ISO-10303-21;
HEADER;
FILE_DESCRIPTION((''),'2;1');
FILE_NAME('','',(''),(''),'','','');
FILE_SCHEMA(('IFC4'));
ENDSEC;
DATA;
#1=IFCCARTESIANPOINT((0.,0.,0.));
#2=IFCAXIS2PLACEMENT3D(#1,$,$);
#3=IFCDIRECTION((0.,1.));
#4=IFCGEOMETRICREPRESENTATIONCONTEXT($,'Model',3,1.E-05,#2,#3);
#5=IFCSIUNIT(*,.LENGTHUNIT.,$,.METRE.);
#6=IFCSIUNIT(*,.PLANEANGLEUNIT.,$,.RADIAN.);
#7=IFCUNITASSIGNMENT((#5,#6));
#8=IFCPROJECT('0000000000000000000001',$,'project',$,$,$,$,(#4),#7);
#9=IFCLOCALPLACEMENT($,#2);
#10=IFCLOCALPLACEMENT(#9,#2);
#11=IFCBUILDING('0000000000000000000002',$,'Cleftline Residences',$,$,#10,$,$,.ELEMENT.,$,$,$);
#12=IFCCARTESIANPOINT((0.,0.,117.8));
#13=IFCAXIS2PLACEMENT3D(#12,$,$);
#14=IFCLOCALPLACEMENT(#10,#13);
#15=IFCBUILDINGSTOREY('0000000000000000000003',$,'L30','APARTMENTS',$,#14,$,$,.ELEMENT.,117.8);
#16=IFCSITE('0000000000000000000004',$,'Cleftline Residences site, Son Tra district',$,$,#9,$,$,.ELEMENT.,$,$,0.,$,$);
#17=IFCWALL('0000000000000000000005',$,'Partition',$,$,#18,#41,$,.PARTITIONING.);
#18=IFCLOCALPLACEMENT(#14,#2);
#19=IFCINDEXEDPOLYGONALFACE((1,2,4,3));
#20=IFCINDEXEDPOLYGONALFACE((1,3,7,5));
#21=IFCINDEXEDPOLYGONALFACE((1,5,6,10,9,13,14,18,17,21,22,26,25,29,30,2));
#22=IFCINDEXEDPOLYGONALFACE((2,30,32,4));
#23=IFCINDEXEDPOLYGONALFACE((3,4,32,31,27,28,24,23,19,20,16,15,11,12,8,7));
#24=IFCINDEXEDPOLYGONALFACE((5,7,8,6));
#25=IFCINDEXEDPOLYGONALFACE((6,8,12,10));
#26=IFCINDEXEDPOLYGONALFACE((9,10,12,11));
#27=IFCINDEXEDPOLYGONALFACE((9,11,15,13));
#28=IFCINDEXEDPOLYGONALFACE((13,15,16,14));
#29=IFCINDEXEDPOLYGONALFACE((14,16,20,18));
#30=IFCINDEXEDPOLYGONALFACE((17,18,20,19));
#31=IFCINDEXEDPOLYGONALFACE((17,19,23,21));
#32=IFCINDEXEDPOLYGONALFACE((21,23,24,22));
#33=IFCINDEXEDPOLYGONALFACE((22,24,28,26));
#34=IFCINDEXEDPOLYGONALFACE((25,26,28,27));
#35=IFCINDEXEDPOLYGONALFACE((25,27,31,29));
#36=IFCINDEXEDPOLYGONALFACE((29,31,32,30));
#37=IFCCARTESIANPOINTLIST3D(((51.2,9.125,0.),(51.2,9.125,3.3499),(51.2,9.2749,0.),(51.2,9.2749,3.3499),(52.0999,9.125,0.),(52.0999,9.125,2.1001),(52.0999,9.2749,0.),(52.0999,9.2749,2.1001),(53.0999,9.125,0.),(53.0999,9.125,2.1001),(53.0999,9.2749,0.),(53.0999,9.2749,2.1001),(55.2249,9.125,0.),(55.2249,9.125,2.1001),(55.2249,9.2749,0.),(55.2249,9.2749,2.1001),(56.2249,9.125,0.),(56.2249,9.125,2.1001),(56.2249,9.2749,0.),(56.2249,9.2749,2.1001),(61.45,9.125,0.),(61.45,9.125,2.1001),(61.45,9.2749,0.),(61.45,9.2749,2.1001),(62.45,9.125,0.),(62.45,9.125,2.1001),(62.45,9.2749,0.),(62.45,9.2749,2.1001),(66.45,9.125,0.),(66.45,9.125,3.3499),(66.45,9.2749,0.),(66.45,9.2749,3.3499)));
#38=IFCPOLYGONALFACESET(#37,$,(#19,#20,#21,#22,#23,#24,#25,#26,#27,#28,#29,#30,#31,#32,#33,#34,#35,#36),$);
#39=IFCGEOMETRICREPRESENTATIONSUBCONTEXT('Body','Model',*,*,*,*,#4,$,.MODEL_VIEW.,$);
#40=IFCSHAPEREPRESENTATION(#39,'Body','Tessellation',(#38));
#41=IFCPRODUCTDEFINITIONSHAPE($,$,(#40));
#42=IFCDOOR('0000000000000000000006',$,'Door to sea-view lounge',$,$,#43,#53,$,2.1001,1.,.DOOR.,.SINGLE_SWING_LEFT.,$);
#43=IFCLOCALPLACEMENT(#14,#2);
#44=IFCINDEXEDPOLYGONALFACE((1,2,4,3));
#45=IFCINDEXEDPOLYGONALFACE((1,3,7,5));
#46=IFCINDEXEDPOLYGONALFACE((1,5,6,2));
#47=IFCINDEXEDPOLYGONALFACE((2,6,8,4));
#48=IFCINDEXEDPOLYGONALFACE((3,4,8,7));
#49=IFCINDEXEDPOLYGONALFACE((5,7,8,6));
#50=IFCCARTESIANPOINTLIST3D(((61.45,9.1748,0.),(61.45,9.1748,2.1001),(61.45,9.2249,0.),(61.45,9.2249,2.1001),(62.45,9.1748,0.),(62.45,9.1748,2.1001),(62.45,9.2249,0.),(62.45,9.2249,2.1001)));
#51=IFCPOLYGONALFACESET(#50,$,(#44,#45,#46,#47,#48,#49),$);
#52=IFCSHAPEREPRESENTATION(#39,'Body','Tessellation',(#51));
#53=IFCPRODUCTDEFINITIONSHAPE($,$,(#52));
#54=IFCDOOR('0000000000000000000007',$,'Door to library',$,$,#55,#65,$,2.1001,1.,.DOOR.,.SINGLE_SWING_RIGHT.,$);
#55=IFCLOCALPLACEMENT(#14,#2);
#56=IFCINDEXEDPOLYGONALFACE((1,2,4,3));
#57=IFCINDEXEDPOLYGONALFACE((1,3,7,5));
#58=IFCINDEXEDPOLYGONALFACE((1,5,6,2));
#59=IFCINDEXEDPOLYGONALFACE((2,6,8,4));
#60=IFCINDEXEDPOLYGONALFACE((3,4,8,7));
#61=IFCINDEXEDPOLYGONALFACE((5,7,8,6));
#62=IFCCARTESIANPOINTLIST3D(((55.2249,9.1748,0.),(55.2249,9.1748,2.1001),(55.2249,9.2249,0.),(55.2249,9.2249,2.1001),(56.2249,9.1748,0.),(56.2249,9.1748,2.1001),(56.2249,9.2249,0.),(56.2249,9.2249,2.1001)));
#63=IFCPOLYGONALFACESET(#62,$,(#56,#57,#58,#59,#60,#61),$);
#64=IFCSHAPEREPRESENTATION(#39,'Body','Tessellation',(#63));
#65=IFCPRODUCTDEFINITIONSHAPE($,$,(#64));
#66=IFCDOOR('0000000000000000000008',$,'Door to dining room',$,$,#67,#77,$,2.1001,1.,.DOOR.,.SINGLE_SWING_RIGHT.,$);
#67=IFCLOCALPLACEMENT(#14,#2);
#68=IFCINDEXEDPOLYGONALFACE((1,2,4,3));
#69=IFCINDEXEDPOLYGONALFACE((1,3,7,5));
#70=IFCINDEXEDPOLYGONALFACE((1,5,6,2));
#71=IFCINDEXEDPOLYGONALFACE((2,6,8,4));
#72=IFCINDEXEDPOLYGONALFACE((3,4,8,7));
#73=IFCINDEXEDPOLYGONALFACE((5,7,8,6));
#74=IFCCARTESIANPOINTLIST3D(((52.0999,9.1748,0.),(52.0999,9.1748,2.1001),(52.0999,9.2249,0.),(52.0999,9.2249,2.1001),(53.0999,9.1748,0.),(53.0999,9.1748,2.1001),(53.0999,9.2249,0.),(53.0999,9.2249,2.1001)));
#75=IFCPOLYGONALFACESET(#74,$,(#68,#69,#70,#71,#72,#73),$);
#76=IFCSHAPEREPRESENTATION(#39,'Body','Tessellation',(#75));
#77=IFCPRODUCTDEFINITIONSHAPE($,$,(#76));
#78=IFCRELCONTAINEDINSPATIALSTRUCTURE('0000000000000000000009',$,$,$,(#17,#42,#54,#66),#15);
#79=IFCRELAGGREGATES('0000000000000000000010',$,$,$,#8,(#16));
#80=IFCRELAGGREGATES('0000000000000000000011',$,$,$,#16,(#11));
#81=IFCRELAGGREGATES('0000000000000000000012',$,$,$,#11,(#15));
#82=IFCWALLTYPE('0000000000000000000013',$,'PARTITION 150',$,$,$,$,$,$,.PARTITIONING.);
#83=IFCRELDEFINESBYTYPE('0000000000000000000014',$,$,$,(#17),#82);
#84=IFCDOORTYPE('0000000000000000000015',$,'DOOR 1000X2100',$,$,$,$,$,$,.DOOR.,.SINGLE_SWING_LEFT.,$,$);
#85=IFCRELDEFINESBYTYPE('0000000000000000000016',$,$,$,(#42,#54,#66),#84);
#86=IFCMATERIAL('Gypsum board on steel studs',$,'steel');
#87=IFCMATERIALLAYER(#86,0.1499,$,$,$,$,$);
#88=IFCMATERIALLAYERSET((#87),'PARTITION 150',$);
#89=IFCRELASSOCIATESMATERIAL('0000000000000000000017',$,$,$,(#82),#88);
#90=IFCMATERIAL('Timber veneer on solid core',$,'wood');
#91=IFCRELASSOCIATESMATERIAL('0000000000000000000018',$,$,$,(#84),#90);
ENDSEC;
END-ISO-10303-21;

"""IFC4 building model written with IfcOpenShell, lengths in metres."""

from ifc_helpers import new_model, si_unit, direction, frame, frame_2d, origin, place, context, subcontext, project, spatial, rectangle, extrude, material, layer, layer_set, type_object, element, fill, save


model = new_model("IFC4")

# Units and contexts
model_context = context("Model", 3, precision=1e-05, world=origin(), true_north=direction((0.0, 1.0)))
body_context = subcontext(model_context, "Body", "Model", "MODEL_VIEW")
ifc_project = project(units=[si_unit("LENGTHUNIT", "METRE"), si_unit("PLANEANGLEUNIT", "RADIAN")], contexts=[model_context])

# Site, building, storey
site_placement = place(None, origin())
site = spatial("IfcSite", under=ifc_project, at=site_placement, Name="Cleftline Residences site, Son Tra district", CompositionType="ELEMENT", RefElevation=0.0)
building_placement = place(site_placement, origin())
building = spatial("IfcBuilding", under=site, at=building_placement, Name="Cleftline Residences", CompositionType="ELEMENT")
storey_placement = place(building_placement, frame((0.0, 0.0, 117.8)))
storey = spatial("IfcBuildingStorey", under=building, at=storey_placement, Name="L30", Description="APARTMENTS", CompositionType="ELEMENT", Elevation=117.8)

# Wall, openings, doors
ifc_material_1 = material(Name="Gypsum board on steel studs", Category="steel")
ifc_layer_1 = layer(ifc_material_1, 0.1499)
ifc_layer_set_1 = layer_set([ifc_layer_1], Name="PARTITION 150")
wall_type = type_object("IfcWallType", Name="PARTITION 150", PredefinedType="PARTITIONING", material=ifc_layer_set_1)
ifc_material_2 = material(Name="Timber veneer on solid core", Category="wood")
door_type = type_object("IfcDoorType", Name="DOOR 1000X2100", OperationType="SINGLE_SWING_LEFT", PredefinedType="DOOR", material=ifc_material_2)
wall_1_placement = place(storey_placement, frame((51.2, 9.2, 0.0), z_axis=(0.0, 0.0, 1.0), x_axis=(1.0, 0.0, 0.0)))
wall_1 = element("IfcWall", 1, at=wall_1_placement, inside=storey, type_object=wall_type, Name="Partition", PredefinedType="PARTITIONING", context=body_context, shape_type="SweptSolid", body=[
    extrude(rectangle(XDim=15.25, YDim=0.1499, at=frame_2d((7.625, 0.0))), origin(), (0.0, 0.0, 1.0), 3.3499),
])
opening_1_placement = place(wall_1_placement, frame((10.25, 0.0, 0.0)))
opening_1 = element("IfcOpeningElement", 2, at=opening_1_placement, cuts=wall_1, PredefinedType="OPENING", context=body_context, shape_type="SweptSolid", body=[
    extrude(rectangle(XDim=1.0, YDim=2.1001, at=frame_2d((0.5, 1.05))), frame((0.0, 0.085, 0.0), z_axis=(0.0, -1.0, 0.0), x_axis=(1.0, 0.0, 0.0)), (0.0, 0.0, 1.0), 0.1699),
])
opening_2_placement = place(wall_1_placement, frame((4.0249, 0.0, 0.0)))
opening_2 = element("IfcOpeningElement", 3, at=opening_2_placement, cuts=wall_1, PredefinedType="OPENING", context=body_context, shape_type="SweptSolid", body=[
    extrude(rectangle(XDim=1.0, YDim=2.1001, at=frame_2d((0.5, 1.05))), frame((0.0, 0.085, 0.0), z_axis=(0.0, -1.0, 0.0), x_axis=(1.0, 0.0, 0.0)), (0.0, 0.0, 1.0), 0.1699),
])
opening_3_placement = place(wall_1_placement, frame((0.8999, 0.0, 0.0)))
opening_3 = element("IfcOpeningElement", 4, at=opening_3_placement, cuts=wall_1, PredefinedType="OPENING", context=body_context, shape_type="SweptSolid", body=[
    extrude(rectangle(XDim=1.0, YDim=2.1001, at=frame_2d((0.5, 1.05))), frame((0.0, 0.085, 0.0), z_axis=(0.0, -1.0, 0.0), x_axis=(1.0, 0.0, 0.0)), (0.0, 0.0, 1.0), 0.1699),
])
door_1_placement = place(opening_1_placement, origin())
door_1 = element("IfcDoor", 5, at=door_1_placement, inside=storey, type_object=door_type, Name="Door to sea-view lounge", OperationType="SINGLE_SWING_LEFT", OverallHeight=2.1001, OverallWidth=1.0, PredefinedType="DOOR", context=body_context, shape_type="SweptSolid", body=[
    extrude(rectangle(XDim=1.0, YDim=2.1001, at=frame_2d((0.5, 1.05))), frame((0.0, 0.0249, 0.0), z_axis=(0.0, -1.0, 0.0), x_axis=(1.0, 0.0, 0.0)), (0.0, 0.0, 1.0), 0.05),
])
fill(opening_1, door_1)
door_2_placement = place(opening_2_placement, origin())
door_2 = element("IfcDoor", 6, at=door_2_placement, inside=storey, type_object=door_type, Name="Door to library", OperationType="SINGLE_SWING_RIGHT", OverallHeight=2.1001, OverallWidth=1.0, PredefinedType="DOOR", context=body_context, shape_type="SweptSolid", body=[
    extrude(rectangle(XDim=1.0, YDim=2.1001, at=frame_2d((0.5, 1.05))), frame((0.0, 0.0249, 0.0), z_axis=(0.0, -1.0, 0.0), x_axis=(1.0, 0.0, 0.0)), (0.0, 0.0, 1.0), 0.05),
])
fill(opening_2, door_2)
door_3_placement = place(opening_3_placement, origin())
door_3 = element("IfcDoor", 7, at=door_3_placement, inside=storey, type_object=door_type, Name="Door to dining room", OperationType="SINGLE_SWING_RIGHT", OverallHeight=2.1001, OverallWidth=1.0, PredefinedType="DOOR", context=body_context, shape_type="SweptSolid", body=[
    extrude(rectangle(XDim=1.0, YDim=2.1001, at=frame_2d((0.5, 1.05))), frame((0.0, 0.0249, 0.0), z_axis=(0.0, -1.0, 0.0), x_axis=(1.0, 0.0, 0.0)), (0.0, 0.0, 1.0), 0.05),
])
fill(opening_3, door_3)

save(model, "model.ifc")
